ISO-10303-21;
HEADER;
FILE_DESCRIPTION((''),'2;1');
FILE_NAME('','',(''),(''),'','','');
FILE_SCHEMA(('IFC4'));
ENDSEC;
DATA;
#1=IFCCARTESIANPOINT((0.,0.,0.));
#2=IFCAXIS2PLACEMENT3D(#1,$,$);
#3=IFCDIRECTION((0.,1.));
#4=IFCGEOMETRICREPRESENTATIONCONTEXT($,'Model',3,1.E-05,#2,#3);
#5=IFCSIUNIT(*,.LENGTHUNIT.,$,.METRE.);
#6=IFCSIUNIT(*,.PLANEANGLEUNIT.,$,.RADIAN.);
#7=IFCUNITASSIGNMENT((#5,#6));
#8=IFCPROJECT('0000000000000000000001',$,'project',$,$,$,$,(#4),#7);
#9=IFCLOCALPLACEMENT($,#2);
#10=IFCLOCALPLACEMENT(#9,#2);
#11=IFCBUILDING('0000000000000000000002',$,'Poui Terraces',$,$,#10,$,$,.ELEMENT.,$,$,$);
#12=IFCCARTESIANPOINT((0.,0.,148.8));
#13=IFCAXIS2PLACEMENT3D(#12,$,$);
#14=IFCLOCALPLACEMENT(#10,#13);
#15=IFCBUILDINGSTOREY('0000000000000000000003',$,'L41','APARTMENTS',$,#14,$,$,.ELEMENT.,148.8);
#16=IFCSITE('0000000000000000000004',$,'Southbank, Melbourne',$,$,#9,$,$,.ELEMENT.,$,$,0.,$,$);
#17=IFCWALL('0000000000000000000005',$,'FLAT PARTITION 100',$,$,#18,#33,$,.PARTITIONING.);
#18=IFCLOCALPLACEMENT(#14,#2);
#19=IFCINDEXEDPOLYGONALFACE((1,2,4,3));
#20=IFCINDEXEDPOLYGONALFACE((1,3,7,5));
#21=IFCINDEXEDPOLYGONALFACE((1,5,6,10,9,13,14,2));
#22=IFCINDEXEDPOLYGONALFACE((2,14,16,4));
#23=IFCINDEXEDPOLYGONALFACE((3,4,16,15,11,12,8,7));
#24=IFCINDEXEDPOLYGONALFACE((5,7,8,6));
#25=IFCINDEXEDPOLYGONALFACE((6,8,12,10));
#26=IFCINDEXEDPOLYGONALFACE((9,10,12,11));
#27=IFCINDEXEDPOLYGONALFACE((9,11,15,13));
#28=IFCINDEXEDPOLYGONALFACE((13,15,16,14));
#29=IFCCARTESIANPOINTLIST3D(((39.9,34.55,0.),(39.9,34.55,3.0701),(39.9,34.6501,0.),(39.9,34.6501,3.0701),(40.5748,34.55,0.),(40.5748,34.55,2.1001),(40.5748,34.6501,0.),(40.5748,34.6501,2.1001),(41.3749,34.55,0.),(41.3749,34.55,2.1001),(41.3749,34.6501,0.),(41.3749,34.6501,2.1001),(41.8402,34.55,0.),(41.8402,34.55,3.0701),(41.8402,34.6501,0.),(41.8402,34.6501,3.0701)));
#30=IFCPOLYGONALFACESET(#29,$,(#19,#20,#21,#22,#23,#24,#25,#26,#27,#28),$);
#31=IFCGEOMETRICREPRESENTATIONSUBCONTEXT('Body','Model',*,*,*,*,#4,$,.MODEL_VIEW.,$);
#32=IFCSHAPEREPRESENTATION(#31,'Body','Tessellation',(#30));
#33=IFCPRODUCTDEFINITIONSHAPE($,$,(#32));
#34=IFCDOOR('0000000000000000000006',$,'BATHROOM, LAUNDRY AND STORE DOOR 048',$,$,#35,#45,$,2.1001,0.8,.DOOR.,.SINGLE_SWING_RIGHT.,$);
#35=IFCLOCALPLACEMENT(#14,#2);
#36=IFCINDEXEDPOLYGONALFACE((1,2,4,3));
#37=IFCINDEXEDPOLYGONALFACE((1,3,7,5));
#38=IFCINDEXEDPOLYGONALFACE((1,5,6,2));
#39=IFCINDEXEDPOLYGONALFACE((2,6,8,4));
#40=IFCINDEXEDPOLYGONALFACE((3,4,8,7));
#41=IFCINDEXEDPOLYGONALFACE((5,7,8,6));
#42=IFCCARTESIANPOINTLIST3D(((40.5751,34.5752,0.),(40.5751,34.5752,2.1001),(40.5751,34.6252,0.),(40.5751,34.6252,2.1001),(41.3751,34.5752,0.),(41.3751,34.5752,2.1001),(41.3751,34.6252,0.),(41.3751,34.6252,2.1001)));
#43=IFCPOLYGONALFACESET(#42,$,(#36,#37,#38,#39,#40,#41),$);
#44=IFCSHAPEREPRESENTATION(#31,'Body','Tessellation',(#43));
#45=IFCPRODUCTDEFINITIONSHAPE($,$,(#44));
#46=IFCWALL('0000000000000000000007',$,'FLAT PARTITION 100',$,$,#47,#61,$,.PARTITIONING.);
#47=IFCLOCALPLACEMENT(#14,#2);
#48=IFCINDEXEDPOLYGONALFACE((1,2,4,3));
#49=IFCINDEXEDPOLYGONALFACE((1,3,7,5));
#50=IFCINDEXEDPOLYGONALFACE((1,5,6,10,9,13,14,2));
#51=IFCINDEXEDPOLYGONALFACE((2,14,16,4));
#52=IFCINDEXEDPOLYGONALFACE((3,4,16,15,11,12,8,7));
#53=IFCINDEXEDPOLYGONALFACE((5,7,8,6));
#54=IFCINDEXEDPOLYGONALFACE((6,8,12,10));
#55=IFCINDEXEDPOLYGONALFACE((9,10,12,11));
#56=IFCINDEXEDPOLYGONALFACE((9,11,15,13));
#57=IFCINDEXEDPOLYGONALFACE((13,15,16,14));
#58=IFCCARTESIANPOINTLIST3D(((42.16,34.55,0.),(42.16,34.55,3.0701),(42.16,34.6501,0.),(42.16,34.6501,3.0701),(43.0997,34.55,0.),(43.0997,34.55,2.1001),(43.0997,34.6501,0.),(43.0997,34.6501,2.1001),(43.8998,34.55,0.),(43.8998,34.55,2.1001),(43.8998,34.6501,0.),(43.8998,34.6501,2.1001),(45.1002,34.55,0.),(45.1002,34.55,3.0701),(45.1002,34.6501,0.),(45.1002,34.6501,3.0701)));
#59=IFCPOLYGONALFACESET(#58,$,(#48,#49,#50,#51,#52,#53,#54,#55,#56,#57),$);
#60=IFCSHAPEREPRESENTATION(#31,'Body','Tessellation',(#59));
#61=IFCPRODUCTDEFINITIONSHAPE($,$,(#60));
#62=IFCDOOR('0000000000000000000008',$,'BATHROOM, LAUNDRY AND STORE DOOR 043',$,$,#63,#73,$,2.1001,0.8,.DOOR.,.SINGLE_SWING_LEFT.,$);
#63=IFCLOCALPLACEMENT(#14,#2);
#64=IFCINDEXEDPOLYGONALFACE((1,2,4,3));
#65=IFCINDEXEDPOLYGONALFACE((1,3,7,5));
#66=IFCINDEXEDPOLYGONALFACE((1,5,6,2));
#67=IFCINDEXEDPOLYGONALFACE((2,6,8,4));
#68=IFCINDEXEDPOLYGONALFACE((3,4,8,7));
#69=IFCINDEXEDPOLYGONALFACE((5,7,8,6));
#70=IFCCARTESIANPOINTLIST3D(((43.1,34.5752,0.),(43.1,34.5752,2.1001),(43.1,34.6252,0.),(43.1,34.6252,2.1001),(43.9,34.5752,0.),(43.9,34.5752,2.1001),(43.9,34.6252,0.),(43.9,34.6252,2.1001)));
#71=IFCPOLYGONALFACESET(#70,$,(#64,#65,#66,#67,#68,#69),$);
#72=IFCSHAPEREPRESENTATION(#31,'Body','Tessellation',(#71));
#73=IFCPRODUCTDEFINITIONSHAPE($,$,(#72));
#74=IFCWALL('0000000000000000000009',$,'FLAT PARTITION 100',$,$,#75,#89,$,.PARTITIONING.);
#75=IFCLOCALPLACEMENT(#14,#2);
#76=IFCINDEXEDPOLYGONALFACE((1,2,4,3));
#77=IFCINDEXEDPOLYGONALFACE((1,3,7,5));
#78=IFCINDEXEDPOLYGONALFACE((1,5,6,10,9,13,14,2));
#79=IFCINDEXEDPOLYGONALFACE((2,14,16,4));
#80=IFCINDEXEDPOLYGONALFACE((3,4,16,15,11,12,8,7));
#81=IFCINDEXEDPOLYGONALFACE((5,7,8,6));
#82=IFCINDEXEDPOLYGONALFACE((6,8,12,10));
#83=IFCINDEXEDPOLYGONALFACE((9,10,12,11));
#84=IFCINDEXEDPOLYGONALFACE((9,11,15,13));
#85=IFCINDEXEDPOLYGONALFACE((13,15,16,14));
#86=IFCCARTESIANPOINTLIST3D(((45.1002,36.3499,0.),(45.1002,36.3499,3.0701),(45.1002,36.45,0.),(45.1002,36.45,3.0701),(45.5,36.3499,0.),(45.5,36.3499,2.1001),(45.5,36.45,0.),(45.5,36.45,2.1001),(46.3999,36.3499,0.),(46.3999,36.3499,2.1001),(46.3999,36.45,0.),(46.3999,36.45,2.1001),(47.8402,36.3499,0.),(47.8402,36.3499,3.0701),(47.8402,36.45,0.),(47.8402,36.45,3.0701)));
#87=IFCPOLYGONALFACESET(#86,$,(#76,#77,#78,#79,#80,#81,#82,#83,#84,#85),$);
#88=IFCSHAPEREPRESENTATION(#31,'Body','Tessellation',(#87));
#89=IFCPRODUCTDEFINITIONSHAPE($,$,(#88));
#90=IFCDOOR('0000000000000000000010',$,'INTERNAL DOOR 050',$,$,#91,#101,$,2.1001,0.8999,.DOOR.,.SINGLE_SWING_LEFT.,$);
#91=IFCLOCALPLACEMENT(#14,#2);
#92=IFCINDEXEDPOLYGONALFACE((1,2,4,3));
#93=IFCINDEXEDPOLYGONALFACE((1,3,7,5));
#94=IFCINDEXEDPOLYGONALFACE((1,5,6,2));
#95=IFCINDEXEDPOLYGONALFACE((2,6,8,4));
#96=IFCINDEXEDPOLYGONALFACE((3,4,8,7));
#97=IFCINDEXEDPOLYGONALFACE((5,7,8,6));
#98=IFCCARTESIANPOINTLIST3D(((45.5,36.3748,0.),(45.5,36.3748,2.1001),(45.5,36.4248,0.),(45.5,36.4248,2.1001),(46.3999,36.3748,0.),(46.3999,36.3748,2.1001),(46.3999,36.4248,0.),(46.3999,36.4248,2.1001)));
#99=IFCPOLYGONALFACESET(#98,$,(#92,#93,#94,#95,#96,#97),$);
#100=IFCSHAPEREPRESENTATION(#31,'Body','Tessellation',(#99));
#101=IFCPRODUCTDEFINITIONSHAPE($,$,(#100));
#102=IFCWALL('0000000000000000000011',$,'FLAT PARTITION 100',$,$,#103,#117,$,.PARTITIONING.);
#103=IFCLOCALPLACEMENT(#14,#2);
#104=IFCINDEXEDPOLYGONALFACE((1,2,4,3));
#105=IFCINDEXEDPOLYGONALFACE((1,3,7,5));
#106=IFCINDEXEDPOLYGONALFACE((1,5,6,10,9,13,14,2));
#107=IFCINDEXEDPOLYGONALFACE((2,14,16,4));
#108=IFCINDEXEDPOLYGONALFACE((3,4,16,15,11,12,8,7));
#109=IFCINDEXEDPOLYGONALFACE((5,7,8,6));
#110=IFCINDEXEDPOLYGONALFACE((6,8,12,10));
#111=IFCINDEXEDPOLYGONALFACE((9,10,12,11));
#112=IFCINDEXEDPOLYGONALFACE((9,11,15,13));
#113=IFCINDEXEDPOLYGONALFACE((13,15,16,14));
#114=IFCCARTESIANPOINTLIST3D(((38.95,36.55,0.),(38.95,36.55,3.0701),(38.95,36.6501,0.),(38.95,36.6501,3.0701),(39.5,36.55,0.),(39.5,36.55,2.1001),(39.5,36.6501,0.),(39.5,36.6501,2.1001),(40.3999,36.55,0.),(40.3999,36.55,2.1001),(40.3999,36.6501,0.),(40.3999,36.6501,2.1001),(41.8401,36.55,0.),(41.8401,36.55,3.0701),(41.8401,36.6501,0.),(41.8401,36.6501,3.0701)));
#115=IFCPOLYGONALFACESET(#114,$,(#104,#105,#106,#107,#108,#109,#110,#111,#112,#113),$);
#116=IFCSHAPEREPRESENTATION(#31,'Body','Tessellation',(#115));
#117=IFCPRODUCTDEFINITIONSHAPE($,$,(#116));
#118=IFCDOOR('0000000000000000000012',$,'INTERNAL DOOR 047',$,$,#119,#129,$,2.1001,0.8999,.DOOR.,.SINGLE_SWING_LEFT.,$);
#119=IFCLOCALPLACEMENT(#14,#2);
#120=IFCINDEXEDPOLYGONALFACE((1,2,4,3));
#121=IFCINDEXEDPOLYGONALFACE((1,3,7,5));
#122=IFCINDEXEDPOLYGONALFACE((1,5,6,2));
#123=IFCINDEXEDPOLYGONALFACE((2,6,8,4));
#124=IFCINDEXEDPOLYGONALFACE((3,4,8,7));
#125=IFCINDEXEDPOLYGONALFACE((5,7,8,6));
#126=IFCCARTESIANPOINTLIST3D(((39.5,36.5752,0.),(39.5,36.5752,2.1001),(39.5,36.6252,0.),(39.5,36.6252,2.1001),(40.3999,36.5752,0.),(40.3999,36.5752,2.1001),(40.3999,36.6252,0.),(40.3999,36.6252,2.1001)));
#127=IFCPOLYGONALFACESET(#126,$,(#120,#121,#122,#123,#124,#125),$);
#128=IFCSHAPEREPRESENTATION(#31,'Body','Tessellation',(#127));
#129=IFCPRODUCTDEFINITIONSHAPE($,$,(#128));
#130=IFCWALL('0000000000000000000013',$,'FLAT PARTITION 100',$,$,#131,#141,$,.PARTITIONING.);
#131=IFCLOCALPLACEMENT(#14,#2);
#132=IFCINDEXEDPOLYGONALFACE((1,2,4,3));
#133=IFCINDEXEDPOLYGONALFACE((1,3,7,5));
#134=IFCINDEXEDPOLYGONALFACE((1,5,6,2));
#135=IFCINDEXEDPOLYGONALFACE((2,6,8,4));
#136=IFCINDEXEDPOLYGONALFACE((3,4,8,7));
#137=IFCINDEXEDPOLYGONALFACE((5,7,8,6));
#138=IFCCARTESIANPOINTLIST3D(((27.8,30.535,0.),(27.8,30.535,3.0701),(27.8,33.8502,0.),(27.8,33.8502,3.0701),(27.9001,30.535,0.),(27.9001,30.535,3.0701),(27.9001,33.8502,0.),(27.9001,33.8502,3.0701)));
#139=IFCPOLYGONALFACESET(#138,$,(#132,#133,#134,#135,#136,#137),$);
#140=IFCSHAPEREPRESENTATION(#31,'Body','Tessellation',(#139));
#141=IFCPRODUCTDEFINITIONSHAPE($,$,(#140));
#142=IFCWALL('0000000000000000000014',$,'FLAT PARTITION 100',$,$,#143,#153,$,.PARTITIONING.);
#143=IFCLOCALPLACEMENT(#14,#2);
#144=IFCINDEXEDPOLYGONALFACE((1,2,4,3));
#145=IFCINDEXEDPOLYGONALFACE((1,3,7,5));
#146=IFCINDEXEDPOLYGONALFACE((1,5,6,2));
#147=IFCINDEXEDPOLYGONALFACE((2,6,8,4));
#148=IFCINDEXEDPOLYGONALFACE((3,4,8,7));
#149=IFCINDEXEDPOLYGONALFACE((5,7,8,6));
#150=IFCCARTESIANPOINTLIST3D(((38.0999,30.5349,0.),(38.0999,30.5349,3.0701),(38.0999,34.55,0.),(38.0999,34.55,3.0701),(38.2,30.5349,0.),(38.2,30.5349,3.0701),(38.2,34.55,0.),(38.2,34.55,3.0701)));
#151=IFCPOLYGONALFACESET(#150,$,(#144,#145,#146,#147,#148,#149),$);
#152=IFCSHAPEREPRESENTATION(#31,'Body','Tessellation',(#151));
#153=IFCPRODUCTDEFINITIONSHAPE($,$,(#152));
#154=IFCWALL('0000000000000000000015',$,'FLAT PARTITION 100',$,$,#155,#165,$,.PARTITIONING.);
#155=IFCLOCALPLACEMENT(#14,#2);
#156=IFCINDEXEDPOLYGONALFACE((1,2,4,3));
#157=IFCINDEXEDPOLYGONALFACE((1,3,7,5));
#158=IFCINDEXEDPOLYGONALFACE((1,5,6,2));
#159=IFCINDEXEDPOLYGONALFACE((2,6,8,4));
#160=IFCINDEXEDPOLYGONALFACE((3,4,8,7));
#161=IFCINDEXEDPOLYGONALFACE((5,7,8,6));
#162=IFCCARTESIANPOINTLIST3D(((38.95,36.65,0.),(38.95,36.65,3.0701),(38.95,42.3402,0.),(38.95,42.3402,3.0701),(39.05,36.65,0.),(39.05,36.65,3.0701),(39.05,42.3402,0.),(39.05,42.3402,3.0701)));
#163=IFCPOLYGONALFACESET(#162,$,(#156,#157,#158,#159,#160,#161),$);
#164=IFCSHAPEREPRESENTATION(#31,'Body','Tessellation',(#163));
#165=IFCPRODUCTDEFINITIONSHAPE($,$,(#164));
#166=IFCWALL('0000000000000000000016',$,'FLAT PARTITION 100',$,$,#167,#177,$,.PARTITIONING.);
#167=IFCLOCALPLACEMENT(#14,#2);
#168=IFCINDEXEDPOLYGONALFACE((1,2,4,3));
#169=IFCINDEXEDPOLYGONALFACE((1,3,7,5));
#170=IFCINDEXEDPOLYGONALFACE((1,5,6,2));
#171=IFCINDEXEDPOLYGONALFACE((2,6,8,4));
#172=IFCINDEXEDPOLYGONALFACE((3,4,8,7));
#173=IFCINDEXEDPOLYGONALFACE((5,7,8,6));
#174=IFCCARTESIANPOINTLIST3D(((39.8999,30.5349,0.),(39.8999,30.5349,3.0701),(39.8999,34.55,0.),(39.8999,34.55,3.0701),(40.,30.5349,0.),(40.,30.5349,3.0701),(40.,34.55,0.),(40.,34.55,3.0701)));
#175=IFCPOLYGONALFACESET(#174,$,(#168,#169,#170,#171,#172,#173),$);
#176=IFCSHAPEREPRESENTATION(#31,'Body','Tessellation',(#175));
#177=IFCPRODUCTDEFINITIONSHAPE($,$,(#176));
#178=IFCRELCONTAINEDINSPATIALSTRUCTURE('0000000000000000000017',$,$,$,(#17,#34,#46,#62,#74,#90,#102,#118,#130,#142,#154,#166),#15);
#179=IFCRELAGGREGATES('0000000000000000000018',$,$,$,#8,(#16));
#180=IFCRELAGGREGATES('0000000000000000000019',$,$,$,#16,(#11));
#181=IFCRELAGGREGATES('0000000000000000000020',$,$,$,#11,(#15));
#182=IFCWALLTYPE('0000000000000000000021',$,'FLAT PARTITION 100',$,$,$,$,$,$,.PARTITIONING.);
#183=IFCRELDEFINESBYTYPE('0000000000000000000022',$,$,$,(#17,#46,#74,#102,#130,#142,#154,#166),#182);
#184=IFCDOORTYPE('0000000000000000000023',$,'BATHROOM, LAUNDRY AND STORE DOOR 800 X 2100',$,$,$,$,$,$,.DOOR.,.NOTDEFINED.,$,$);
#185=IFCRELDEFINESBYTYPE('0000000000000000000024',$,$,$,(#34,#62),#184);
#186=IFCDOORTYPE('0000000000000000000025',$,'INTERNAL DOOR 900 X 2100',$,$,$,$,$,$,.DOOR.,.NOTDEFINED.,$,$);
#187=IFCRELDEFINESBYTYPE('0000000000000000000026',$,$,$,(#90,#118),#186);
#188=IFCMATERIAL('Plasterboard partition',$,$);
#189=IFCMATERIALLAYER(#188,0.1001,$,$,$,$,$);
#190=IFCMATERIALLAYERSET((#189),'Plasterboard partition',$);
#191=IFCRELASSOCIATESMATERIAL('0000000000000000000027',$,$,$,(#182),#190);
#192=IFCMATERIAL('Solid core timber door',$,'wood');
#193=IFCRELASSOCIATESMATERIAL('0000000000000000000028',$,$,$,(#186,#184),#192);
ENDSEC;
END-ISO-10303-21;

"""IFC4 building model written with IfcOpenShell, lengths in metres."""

from ifc_helpers import new_model, si_unit, direction, frame, frame_2d, origin, place, context, subcontext, project, spatial, rectangle, extrude, material, layer, layer_set, type_object, element, fill, save


model = new_model("IFC4")

# Units and contexts
model_context = context("Model", 3, precision=1e-05, world=origin(), true_north=direction((0.0, 1.0)))
body_context = subcontext(model_context, "Body", "Model", "MODEL_VIEW")
ifc_project = project(units=[si_unit("LENGTHUNIT", "METRE"), si_unit("PLANEANGLEUNIT", "RADIAN")], contexts=[model_context])

# Site, building, storey
site_placement = place(None, origin())
site = spatial("IfcSite", under=ifc_project, at=site_placement, Name="Southbank, Melbourne", CompositionType="ELEMENT", RefElevation=0.0)
building_placement = place(site_placement, origin())
building = spatial("IfcBuilding", under=site, at=building_placement, Name="Poui Terraces", CompositionType="ELEMENT")
storey_placement = place(building_placement, frame((0.0, 0.0, 148.8)))
storey = spatial("IfcBuildingStorey", under=building, at=storey_placement, Name="L41", Description="APARTMENTS", CompositionType="ELEMENT", Elevation=148.8)

# Walls, openings, doors
ifc_material_1 = material(Name="Plasterboard partition")
ifc_layer_1 = layer(ifc_material_1, 0.1001)
ifc_layer_set_1 = layer_set([ifc_layer_1], Name="Plasterboard partition")
wall_type_1 = type_object("IfcWallType", Name="FLAT PARTITION 100", PredefinedType="PARTITIONING", material=ifc_layer_set_1)
ifc_material_2 = material(Name="Solid core timber door", Category="wood")
door_type_1 = type_object("IfcDoorType", Name="INTERNAL DOOR 900 X 2100", OperationType="NOTDEFINED", PredefinedType="DOOR", material=ifc_material_2)
door_type_2 = type_object("IfcDoorType", Name="BATHROOM, LAUNDRY AND STORE DOOR 800 X 2100", OperationType="NOTDEFINED", PredefinedType="DOOR", material=ifc_material_2)
wall_1_placement = place(storey_placement, frame((39.8999, 34.6001, 0.0), z_axis=(0.0, 0.0, 1.0), x_axis=(1.0, 0.0, 0.0)))
wall_1 = element("IfcWall", 1, at=wall_1_placement, inside=storey, type_object=wall_type_1, Name="FLAT PARTITION 100", PredefinedType="PARTITIONING", context=body_context, shape_type="SweptSolid", body=[
    extrude(rectangle(XDim=1.9402, YDim=0.1001, at=frame_2d((0.9702, 0.0))), origin(), (0.0, 0.0, 1.0), 3.0701),
])
opening_1_placement = place(wall_1_placement, frame((0.675, 0.0, 0.0)))
opening_1 = element("IfcOpeningElement", 2, at=opening_1_placement, cuts=wall_1, PredefinedType="OPENING", context=body_context, shape_type="SweptSolid", body=[
    extrude(rectangle(XDim=0.8, YDim=2.1001, at=frame_2d((0.3999, 1.05))), frame((0.0, 0.0601, 0.0), z_axis=(0.0, -1.0, 0.0), x_axis=(1.0, 0.0, 0.0)), (0.0, 0.0, 1.0), 0.1201),
])
door_1_placement = place(opening_1_placement, frame((0.8, 0.0, 0.0), z_axis=(0.0, 0.0, 1.0), x_axis=(-1.0, 0.0, 0.0)))
door_1 = element("IfcDoor", 3, at=door_1_placement, inside=storey, type_object=door_type_2, Name="BATHROOM, LAUNDRY AND STORE DOOR 048", OperationType="SINGLE_SWING_RIGHT", OverallHeight=2.1001, OverallWidth=0.8, PredefinedType="DOOR", context=body_context, shape_type="SweptSolid", body=[
    extrude(rectangle(XDim=0.8, YDim=2.1001, at=frame_2d((0.3999, 1.05))), frame((0.0, 0.0249, 0.0), z_axis=(0.0, -1.0, 0.0), x_axis=(1.0, 0.0, 0.0)), (0.0, 0.0, 1.0), 0.05),
])
fill(opening_1, door_1)
wall_2_placement = place(storey_placement, frame((42.1599, 34.6001, 0.0), z_axis=(0.0, 0.0, 1.0), x_axis=(1.0, 0.0, 0.0)))
wall_2 = element("IfcWall", 4, at=wall_2_placement, inside=storey, type_object=wall_type_1, Name="FLAT PARTITION 100", PredefinedType="PARTITIONING", context=body_context, shape_type="SweptSolid", body=[
    extrude(rectangle(XDim=2.9402, YDim=0.1001, at=frame_2d((1.4702, 0.0))), origin(), (0.0, 0.0, 1.0), 3.0701),
])
opening_2_placement = place(wall_2_placement, frame((0.9399, 0.0, 0.0)))
opening_2 = element("IfcOpeningElement", 5, at=opening_2_placement, cuts=wall_2, PredefinedType="OPENING", context=body_context, shape_type="SweptSolid", body=[
    extrude(rectangle(XDim=0.8, YDim=2.1001, at=frame_2d((0.3999, 1.05))), frame((0.0, 0.0601, 0.0), z_axis=(0.0, -1.0, 0.0), x_axis=(1.0, 0.0, 0.0)), (0.0, 0.0, 1.0), 0.1201),
])
door_2_placement = place(opening_2_placement, frame((0.8, 0.0, 0.0), z_axis=(0.0, 0.0, 1.0), x_axis=(-1.0, 0.0, 0.0)))
door_2 = element("IfcDoor", 6, at=door_2_placement, inside=storey, type_object=door_type_2, Name="BATHROOM, LAUNDRY AND STORE DOOR 043", OperationType="SINGLE_SWING_LEFT", OverallHeight=2.1001, OverallWidth=0.8, PredefinedType="DOOR", context=body_context, shape_type="SweptSolid", body=[
    extrude(rectangle(XDim=0.8, YDim=2.1001, at=frame_2d((0.3999, 1.05))), frame((0.0, 0.0249, 0.0), z_axis=(0.0, -1.0, 0.0), x_axis=(1.0, 0.0, 0.0)), (0.0, 0.0, 1.0), 0.05),
])
fill(opening_2, door_2)
wall_3_placement = place(storey_placement, frame((45.1001, 36.3999, 0.0), z_axis=(0.0, 0.0, 1.0), x_axis=(1.0, 0.0, 0.0)))
wall_3 = element("IfcWall", 7, at=wall_3_placement, inside=storey, type_object=wall_type_1, Name="FLAT PARTITION 100", PredefinedType="PARTITIONING", context=body_context, shape_type="SweptSolid", body=[
    extrude(rectangle(XDim=2.74, YDim=0.1001, at=frame_2d((1.3701, 0.0))), origin(), (0.0, 0.0, 1.0), 3.0701),
])
opening_3_placement = place(wall_3_placement, frame((0.3999, 0.0, 0.0)))
opening_3 = element("IfcOpeningElement", 8, at=opening_3_placement, cuts=wall_3, PredefinedType="OPENING", context=body_context, shape_type="SweptSolid", body=[
    extrude(rectangle(XDim=0.8999, YDim=2.1001, at=frame_2d((0.45, 1.05))), frame((0.0, 0.0601, 0.0), z_axis=(0.0, -1.0, 0.0), x_axis=(1.0, 0.0, 0.0)), (0.0, 0.0, 1.0), 0.1201),
])
door_3_placement = place(opening_3_placement, origin())
door_3 = element("IfcDoor", 9, at=door_3_placement, inside=storey, type_object=door_type_1, Name="INTERNAL DOOR 050", OperationType="SINGLE_SWING_LEFT", OverallHeight=2.1001, OverallWidth=0.8999, PredefinedType="DOOR", context=body_context, shape_type="SweptSolid", body=[
    extrude(rectangle(XDim=0.8999, YDim=2.1001, at=frame_2d((0.45, 1.05))), frame((0.0, 0.0249, 0.0), z_axis=(0.0, -1.0, 0.0), x_axis=(1.0, 0.0, 0.0)), (0.0, 0.0, 1.0), 0.05),
])
fill(opening_3, door_3)
wall_4_placement = place(storey_placement, frame((38.95, 36.6001, 0.0), z_axis=(0.0, 0.0, 1.0), x_axis=(1.0, 0.0, 0.0)))
wall_4 = element("IfcWall", 10, at=wall_4_placement, inside=storey, type_object=wall_type_1, Name="FLAT PARTITION 100", PredefinedType="PARTITIONING", context=body_context, shape_type="SweptSolid", body=[
    extrude(rectangle(XDim=2.8901, YDim=0.1001, at=frame_2d((1.4451, 0.0))), origin(), (0.0, 0.0, 1.0), 3.0701),
])
opening_4_placement = place(wall_4_placement, frame((0.55, 0.0, 0.0)))
opening_4 = element("IfcOpeningElement", 11, at=opening_4_placement, cuts=wall_4, PredefinedType="OPENING", context=body_context, shape_type="SweptSolid", body=[
    extrude(rectangle(XDim=0.8999, YDim=2.1001, at=frame_2d((0.45, 1.05))), frame((0.0, 0.0601, 0.0), z_axis=(0.0, -1.0, 0.0), x_axis=(1.0, 0.0, 0.0)), (0.0, 0.0, 1.0), 0.1201),
])
door_4_placement = place(opening_4_placement, frame((0.8999, 0.0, 0.0), z_axis=(0.0, 0.0, 1.0), x_axis=(-1.0, 0.0, 0.0)))
door_4 = element("IfcDoor", 12, at=door_4_placement, inside=storey, type_object=door_type_1, Name="INTERNAL DOOR 047", OperationType="SINGLE_SWING_LEFT", OverallHeight=2.1001, OverallWidth=0.8999, PredefinedType="DOOR", context=body_context, shape_type="SweptSolid", body=[
    extrude(rectangle(XDim=0.8999, YDim=2.1001, at=frame_2d((0.45, 1.05))), frame((0.0, 0.0249, 0.0), z_axis=(0.0, -1.0, 0.0), x_axis=(1.0, 0.0, 0.0)), (0.0, 0.0, 1.0), 0.05),
])
fill(opening_4, door_4)

# Walls
wall_5_placement = place(storey_placement, frame((27.8501, 30.5349, 0.0), z_axis=(0.0, 0.0, 1.0), x_axis=(0.0, 1.0, 0.0)))
element("IfcWall", 13, at=wall_5_placement, inside=storey, type_object=wall_type_1, Name="FLAT PARTITION 100", PredefinedType="PARTITIONING", context=body_context, shape_type="SweptSolid", body=[
    extrude(rectangle(XDim=3.3152, YDim=0.1001, at=frame_2d((1.6577, 0.0))), origin(), (0.0, 0.0, 1.0), 3.0701),
])
wall_6_placement = place(storey_placement, frame((38.1499, 30.5349, 0.0), z_axis=(0.0, 0.0, 1.0), x_axis=(0.0, 1.0, 0.0)))
element("IfcWall", 14, at=wall_6_placement, inside=storey, type_object=wall_type_1, Name="FLAT PARTITION 100", PredefinedType="PARTITIONING", context=body_context, shape_type="SweptSolid", body=[
    extrude(rectangle(XDim=4.0151, YDim=0.1001, at=frame_2d((2.0076, 0.0))), origin(), (0.0, 0.0, 1.0), 3.0701),
])
wall_7_placement = place(storey_placement, frame((39.0, 36.6499, 0.0), z_axis=(0.0, 0.0, 1.0), x_axis=(0.0, 1.0, 0.0)))
element("IfcWall", 15, at=wall_7_placement, inside=storey, type_object=wall_type_1, Name="FLAT PARTITION 100", PredefinedType="PARTITIONING", context=body_context, shape_type="SweptSolid", body=[
    extrude(rectangle(XDim=5.6902, YDim=0.1001, at=frame_2d((2.8452, 0.0))), origin(), (0.0, 0.0, 1.0), 3.0701),
])
wall_8_placement = place(storey_placement, frame((39.95, 30.5349, 0.0), z_axis=(0.0, 0.0, 1.0), x_axis=(0.0, 1.0, 0.0)))
element("IfcWall", 16, at=wall_8_placement, inside=storey, type_object=wall_type_1, Name="FLAT PARTITION 100", PredefinedType="PARTITIONING", context=body_context, shape_type="SweptSolid", body=[
    extrude(rectangle(XDim=4.0151, YDim=0.1001, at=frame_2d((2.0076, 0.0))), origin(), (0.0, 0.0, 1.0), 3.0701),
])

save(model, "model.ifc")
